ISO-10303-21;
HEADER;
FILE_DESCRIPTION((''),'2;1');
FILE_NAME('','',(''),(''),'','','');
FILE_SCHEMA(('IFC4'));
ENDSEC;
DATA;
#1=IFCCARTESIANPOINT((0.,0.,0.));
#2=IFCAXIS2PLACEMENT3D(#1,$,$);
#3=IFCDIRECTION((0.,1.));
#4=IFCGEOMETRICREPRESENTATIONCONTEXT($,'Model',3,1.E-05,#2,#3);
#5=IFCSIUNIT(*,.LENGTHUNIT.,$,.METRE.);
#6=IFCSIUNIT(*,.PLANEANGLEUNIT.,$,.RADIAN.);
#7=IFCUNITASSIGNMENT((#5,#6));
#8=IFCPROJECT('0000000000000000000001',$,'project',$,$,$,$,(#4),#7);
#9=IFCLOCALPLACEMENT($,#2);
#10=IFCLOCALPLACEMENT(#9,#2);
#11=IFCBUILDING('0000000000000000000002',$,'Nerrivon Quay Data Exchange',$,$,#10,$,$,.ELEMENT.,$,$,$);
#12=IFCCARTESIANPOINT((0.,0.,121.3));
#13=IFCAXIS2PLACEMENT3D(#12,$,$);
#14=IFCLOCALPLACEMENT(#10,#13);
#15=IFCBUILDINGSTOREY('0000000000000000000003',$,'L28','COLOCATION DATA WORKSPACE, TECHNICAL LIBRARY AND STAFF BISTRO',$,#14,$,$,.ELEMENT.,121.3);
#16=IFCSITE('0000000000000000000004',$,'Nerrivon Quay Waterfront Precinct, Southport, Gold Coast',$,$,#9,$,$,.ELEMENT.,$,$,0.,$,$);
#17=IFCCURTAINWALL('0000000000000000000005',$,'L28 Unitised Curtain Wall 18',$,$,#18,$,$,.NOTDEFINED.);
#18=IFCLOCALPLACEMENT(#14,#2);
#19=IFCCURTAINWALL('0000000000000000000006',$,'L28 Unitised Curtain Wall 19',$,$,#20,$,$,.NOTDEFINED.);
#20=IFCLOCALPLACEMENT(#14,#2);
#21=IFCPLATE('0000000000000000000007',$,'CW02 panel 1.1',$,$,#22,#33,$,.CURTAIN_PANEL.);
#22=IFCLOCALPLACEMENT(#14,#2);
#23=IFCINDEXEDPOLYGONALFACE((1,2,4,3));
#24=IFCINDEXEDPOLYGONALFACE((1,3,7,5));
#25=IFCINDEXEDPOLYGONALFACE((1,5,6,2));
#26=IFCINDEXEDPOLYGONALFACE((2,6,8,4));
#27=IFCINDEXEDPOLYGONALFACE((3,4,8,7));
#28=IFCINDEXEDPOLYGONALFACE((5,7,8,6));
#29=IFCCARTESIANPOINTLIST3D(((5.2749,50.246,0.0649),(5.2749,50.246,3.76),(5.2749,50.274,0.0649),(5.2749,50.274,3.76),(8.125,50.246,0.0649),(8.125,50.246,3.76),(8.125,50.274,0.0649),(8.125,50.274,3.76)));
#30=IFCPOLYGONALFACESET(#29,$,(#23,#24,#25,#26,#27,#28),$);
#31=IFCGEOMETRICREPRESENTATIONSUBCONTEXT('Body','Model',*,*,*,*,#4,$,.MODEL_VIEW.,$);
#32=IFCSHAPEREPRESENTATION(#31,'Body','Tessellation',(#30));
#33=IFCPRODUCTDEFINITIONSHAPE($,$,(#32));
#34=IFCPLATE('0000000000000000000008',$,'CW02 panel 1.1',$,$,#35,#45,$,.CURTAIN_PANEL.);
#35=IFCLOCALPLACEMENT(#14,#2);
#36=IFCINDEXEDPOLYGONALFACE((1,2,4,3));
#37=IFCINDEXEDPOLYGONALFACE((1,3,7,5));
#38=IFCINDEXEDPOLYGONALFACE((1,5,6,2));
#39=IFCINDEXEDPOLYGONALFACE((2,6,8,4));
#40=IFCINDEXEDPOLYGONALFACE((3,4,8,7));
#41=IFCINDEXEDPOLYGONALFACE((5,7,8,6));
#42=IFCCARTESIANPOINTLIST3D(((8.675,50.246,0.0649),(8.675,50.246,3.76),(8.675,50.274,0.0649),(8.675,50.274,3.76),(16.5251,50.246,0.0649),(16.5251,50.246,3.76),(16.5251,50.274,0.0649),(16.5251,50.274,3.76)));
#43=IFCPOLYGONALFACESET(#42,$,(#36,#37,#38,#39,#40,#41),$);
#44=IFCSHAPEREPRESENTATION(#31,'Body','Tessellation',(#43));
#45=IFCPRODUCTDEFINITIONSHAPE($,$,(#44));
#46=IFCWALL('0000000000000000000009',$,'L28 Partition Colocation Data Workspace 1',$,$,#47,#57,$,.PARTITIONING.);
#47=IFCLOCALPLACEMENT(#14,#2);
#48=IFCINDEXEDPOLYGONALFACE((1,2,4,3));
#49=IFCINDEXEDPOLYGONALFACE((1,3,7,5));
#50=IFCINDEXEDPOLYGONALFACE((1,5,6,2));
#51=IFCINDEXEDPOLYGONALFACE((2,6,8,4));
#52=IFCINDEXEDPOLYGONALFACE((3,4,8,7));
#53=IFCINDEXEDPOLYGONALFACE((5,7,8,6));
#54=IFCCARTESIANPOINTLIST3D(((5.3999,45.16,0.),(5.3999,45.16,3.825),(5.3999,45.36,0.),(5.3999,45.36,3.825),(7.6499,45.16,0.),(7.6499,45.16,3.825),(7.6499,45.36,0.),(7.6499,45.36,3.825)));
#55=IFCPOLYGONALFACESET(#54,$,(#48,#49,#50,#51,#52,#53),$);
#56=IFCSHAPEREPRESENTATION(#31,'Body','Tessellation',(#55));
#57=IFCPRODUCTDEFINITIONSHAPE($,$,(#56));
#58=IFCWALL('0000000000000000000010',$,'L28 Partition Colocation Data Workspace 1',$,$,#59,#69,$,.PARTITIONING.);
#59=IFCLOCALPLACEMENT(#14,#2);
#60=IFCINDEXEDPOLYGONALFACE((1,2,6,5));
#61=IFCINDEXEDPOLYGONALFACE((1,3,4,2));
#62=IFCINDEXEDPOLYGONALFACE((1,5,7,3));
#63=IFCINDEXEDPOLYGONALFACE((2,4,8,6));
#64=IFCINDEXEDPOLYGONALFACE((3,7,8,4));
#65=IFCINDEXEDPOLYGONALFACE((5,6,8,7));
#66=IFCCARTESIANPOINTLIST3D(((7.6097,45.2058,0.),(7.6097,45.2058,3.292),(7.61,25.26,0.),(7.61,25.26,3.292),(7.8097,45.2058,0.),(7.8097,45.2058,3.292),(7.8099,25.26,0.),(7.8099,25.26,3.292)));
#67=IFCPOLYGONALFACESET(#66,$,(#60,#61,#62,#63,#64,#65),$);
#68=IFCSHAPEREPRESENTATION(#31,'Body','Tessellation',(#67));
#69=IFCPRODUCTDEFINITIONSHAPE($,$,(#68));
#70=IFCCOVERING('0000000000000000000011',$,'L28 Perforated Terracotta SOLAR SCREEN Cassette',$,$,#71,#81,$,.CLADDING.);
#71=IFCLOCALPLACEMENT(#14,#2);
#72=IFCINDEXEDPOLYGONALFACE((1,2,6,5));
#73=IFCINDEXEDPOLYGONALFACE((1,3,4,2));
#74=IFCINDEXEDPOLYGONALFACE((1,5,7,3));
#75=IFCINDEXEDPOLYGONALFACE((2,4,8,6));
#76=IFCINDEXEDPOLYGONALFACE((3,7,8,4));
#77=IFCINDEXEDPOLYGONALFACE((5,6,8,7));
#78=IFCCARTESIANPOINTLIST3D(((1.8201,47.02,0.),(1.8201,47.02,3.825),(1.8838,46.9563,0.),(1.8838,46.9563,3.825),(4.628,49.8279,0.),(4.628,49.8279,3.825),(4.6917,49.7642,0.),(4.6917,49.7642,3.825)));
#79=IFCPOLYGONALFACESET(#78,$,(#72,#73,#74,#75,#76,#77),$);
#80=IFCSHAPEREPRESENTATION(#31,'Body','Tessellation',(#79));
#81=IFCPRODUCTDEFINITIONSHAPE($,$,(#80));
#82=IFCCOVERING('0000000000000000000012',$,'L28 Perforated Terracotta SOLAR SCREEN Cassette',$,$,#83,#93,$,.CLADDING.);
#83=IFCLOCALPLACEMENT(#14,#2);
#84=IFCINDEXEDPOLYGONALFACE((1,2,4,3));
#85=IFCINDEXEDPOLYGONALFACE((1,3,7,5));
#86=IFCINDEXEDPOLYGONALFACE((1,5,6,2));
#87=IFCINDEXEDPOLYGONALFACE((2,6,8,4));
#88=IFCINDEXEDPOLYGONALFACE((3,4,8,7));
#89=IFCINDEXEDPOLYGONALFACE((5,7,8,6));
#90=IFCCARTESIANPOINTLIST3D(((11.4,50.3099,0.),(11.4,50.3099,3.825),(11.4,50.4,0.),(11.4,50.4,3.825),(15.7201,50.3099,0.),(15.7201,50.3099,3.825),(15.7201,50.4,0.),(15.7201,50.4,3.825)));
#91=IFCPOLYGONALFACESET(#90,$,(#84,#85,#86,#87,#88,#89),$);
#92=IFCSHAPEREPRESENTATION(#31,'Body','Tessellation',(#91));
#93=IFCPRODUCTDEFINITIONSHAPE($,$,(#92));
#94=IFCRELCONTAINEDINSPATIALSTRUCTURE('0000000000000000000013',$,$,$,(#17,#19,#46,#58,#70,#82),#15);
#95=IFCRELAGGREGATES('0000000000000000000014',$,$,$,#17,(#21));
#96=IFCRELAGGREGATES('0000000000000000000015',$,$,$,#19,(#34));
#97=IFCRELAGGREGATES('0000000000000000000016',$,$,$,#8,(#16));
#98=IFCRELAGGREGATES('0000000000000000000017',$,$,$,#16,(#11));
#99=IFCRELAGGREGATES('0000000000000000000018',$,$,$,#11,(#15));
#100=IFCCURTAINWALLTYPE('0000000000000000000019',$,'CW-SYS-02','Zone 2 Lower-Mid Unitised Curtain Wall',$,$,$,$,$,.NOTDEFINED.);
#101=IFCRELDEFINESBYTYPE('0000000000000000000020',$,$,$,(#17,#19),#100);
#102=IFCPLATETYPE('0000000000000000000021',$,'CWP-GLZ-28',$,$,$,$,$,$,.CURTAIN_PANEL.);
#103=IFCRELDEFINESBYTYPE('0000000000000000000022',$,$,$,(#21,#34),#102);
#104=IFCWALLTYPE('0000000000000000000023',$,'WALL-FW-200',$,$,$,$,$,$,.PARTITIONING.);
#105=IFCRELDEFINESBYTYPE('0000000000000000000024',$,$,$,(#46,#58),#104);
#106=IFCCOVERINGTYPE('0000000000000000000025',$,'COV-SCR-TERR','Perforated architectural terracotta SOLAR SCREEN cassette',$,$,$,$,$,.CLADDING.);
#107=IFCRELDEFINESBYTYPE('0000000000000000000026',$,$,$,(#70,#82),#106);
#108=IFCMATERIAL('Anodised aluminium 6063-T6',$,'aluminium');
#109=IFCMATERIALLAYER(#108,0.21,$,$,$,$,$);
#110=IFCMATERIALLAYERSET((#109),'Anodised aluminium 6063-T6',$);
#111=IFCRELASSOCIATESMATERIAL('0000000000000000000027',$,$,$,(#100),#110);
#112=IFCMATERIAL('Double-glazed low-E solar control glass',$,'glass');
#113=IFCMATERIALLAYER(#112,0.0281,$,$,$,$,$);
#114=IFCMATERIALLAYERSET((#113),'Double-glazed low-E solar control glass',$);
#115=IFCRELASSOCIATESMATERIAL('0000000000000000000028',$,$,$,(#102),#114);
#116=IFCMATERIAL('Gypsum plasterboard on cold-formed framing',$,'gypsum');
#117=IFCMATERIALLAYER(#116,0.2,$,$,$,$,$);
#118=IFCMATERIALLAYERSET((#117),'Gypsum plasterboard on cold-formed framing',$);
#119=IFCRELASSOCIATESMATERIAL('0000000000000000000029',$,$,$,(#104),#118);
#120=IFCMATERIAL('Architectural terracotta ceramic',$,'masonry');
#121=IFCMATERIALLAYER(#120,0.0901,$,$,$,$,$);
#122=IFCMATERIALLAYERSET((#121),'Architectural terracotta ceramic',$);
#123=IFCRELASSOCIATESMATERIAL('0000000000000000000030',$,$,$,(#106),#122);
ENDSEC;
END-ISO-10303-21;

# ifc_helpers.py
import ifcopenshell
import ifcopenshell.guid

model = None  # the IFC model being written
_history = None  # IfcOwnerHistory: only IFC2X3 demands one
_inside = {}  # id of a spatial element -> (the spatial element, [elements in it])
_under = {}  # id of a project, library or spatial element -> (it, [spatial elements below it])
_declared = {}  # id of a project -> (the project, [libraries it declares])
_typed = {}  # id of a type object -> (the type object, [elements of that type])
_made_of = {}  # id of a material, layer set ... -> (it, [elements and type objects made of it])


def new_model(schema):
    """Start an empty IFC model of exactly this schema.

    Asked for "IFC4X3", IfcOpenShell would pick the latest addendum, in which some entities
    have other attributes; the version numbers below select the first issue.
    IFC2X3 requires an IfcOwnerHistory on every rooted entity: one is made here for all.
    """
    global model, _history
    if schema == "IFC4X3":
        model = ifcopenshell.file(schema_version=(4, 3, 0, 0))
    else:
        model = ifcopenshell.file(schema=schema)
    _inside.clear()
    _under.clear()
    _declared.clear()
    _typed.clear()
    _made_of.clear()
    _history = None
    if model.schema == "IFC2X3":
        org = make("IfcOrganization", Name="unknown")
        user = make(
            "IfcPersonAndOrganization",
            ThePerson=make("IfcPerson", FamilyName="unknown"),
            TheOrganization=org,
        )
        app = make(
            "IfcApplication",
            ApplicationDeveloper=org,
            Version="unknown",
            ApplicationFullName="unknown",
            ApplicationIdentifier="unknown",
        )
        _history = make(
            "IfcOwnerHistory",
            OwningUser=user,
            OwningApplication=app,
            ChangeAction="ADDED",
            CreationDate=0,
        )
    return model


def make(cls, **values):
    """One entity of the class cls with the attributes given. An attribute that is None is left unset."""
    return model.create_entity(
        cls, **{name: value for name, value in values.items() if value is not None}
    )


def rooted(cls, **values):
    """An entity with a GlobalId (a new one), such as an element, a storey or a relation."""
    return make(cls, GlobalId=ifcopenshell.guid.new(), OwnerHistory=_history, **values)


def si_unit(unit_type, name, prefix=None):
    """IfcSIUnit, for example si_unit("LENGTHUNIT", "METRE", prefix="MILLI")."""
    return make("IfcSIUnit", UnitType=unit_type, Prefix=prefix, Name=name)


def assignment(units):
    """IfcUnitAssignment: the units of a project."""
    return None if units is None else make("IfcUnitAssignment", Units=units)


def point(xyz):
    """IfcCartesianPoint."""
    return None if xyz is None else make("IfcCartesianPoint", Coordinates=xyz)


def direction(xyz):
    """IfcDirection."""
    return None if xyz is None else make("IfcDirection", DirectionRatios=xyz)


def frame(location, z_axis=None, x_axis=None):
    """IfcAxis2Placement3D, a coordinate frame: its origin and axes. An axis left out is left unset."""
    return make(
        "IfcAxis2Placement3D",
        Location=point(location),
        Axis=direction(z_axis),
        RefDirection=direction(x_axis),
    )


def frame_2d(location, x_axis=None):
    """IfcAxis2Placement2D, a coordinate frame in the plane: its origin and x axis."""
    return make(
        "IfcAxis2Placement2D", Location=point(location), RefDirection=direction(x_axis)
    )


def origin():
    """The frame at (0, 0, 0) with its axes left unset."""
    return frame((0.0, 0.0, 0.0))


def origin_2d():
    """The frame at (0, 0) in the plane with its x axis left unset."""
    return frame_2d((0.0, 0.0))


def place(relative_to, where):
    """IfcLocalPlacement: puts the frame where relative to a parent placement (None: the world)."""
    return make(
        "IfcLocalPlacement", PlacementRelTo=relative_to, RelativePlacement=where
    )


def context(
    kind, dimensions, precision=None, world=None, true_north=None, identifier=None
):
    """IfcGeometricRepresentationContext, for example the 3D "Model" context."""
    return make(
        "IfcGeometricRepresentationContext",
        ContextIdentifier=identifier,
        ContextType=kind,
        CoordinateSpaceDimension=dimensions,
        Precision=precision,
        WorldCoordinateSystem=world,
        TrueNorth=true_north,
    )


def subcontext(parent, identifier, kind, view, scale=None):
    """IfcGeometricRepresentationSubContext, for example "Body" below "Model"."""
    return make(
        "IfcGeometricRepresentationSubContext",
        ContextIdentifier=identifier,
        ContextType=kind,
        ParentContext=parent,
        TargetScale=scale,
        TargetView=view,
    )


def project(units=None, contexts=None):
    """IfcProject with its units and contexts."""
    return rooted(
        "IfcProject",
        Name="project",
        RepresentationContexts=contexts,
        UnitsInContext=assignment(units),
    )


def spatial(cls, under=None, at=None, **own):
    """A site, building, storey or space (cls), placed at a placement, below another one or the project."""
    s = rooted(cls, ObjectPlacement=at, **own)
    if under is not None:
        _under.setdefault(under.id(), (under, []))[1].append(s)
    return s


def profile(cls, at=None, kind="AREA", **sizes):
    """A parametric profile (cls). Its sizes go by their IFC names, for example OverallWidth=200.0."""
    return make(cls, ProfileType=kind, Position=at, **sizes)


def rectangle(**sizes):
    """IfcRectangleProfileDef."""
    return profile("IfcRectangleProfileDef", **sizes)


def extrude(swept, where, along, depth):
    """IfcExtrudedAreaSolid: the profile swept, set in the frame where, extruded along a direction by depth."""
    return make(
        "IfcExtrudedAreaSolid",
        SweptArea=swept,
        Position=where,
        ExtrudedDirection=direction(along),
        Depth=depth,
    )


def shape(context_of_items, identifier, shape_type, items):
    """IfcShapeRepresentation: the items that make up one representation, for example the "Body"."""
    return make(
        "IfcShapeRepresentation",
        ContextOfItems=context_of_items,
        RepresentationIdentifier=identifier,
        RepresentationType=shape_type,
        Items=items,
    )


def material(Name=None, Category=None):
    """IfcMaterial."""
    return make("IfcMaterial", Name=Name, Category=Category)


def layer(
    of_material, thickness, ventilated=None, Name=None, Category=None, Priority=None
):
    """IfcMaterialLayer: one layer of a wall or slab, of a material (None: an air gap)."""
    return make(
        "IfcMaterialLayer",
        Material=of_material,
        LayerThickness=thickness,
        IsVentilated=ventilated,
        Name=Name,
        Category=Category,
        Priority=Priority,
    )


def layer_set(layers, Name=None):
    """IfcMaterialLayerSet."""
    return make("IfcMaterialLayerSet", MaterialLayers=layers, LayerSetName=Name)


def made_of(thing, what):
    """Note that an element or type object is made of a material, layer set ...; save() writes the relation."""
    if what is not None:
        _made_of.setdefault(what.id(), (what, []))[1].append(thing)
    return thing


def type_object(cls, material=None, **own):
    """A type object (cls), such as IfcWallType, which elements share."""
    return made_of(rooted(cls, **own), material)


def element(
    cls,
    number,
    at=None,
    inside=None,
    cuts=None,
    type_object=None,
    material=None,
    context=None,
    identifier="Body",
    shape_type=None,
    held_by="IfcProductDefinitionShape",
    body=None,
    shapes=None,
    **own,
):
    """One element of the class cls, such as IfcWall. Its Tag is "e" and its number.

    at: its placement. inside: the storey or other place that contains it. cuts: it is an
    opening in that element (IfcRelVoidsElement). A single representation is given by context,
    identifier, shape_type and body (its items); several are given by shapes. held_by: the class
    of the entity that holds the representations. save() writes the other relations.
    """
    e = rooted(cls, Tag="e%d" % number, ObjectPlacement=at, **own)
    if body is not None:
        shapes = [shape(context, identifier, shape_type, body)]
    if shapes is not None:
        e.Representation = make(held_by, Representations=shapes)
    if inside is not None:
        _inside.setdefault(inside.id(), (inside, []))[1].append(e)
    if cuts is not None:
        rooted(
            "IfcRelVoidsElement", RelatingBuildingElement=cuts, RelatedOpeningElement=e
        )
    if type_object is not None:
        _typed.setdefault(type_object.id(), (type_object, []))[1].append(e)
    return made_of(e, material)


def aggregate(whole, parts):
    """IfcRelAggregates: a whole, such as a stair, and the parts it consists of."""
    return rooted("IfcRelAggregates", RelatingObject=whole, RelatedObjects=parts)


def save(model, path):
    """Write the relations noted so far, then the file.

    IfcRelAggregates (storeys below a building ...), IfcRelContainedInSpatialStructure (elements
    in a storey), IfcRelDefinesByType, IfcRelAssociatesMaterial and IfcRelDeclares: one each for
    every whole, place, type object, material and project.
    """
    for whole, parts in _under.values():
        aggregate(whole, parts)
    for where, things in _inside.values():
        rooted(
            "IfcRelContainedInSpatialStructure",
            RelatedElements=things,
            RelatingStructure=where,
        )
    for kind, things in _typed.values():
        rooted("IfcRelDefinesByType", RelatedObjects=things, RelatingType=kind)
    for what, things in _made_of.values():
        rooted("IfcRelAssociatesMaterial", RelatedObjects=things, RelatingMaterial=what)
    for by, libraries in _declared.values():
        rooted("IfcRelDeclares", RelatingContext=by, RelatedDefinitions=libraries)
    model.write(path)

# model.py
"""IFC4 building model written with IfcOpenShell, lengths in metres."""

from ifc_helpers import new_model, si_unit, direction, frame, frame_2d, origin, origin_2d, place, context, subcontext, project, spatial, rectangle, extrude, material, layer, layer_set, type_object, element, aggregate, save


model = new_model("IFC4")

# Units and contexts
model_context = context("Model", 3, precision=1e-05, world=origin(), true_north=direction((0.0, 1.0)))
body_context = subcontext(model_context, "Body", "Model", "MODEL_VIEW")
ifc_project = project(units=[si_unit("LENGTHUNIT", "METRE"), si_unit("PLANEANGLEUNIT", "RADIAN")], contexts=[model_context])

# Site, building, storey
site_placement = place(None, origin())
site = spatial("IfcSite", under=ifc_project, at=site_placement, Name="Nerrivon Quay Waterfront Precinct, Southport, Gold Coast", CompositionType="ELEMENT", RefElevation=0.0)
building_placement = place(site_placement, origin())
building = spatial("IfcBuilding", under=site, at=building_placement, Name="Nerrivon Quay Data Exchange", CompositionType="ELEMENT")
storey_placement = place(building_placement, frame((0.0, 0.0, 121.3)))
storey = spatial("IfcBuildingStorey", under=building, at=storey_placement, Name="L28", Description="COLOCATION DATA WORKSPACE, TECHNICAL LIBRARY AND STAFF BISTRO", CompositionType="ELEMENT", Elevation=121.3)

# Shared definitions
ifc_material_1 = material(Name="Anodised aluminium 6063-T6", Category="aluminium")
ifc_layer_1 = layer(ifc_material_1, 0.21)
ifc_layer_set_1 = layer_set([ifc_layer_1], Name="Anodised aluminium 6063-T6")
curtain_wall_type = type_object("IfcCurtainWallType", Name="CW-SYS-02", Description="Zone 2 Lower-Mid Unitised Curtain Wall", PredefinedType="NOTDEFINED", material=ifc_layer_set_1)

# Curtain wall
curtain_wall_1_placement = place(storey_placement, origin())
curtain_wall_1 = element("IfcCurtainWall", 1, at=curtain_wall_1_placement, inside=storey, type_object=curtain_wall_type, Name="L28 Unitised Curtain Wall 18", PredefinedType="NOTDEFINED")

# Curtain wall
curtain_wall_2_placement = place(storey_placement, origin())
curtain_wall_2 = element("IfcCurtainWall", 2, at=curtain_wall_2_placement, inside=storey, type_object=curtain_wall_type, Name="L28 Unitised Curtain Wall 19", PredefinedType="NOTDEFINED")

# Plates
ifc_material_2 = material(Name="Double-glazed low-E solar control glass", Category="glass")
ifc_layer_2 = layer(ifc_material_2, 0.0281)
ifc_layer_set_2 = layer_set([ifc_layer_2], Name="Double-glazed low-E solar control glass")
plate_type = type_object("IfcPlateType", Name="CWP-GLZ-28", PredefinedType="CURTAIN_PANEL", material=ifc_layer_set_2)
plate_1_placement = place(storey_placement, frame((6.7, 50.26, 0.0649), z_axis=(0.0, 0.0, 1.0), x_axis=(1.0, 0.0, 0.0)))
plate_1 = element("IfcPlate", 3, at=plate_1_placement, type_object=plate_type, Name="CW02 panel 1.1", PredefinedType="CURTAIN_PANEL", context=body_context, shape_type="SweptSolid", body=[
    extrude(rectangle(XDim=2.8501, YDim=0.0281, at=origin_2d()), origin(), (0.0, 0.0, 1.0), 3.6951),
])
aggregate(curtain_wall_1, [plate_1])
plate_2_placement = place(storey_placement, frame((12.6001, 50.26, 0.0649), z_axis=(0.0, 0.0, 1.0), x_axis=(1.0, 0.0, 0.0)))
plate_2 = element("IfcPlate", 4, at=plate_2_placement, type_object=plate_type, Name="CW02 panel 1.1", PredefinedType="CURTAIN_PANEL", context=body_context, shape_type="SweptSolid", body=[
    extrude(rectangle(XDim=7.8501, YDim=0.0281, at=origin_2d()), origin(), (0.0, 0.0, 1.0), 3.6951),
])
aggregate(curtain_wall_2, [plate_2])

# Walls
ifc_material_3 = material(Name="Gypsum plasterboard on cold-formed framing", Category="gypsum")
ifc_layer_3 = layer(ifc_material_3, 0.2)
ifc_layer_set_3 = layer_set([ifc_layer_3], Name="Gypsum plasterboard on cold-formed framing")
wall_type = type_object("IfcWallType", Name="WALL-FW-200", PredefinedType="PARTITIONING", material=ifc_layer_set_3)
wall_1_placement = place(storey_placement, frame((5.3999, 45.26, 0.0), z_axis=(0.0, 0.0, 1.0), x_axis=(1.0, 0.0, 0.0)))
element("IfcWall", 5, at=wall_1_placement, inside=storey, type_object=wall_type, Name="L28 Partition Colocation Data Workspace 1", PredefinedType="PARTITIONING", context=body_context, shape_type="SweptSolid", body=[
    extrude(rectangle(XDim=2.25, YDim=0.2, at=frame_2d((1.125, 0.0))), origin(), (0.0, 0.0, 1.0), 3.825),
])
wall_2_placement = place(storey_placement, frame((7.7097, 45.2058, 0.0), z_axis=(0.0, 0.0, 1.0), x_axis=(0.000012, -1.0, 0.0)))
element("IfcWall", 6, at=wall_2_placement, inside=storey, type_object=wall_type, Name="L28 Partition Colocation Data Workspace 1", PredefinedType="PARTITIONING", context=body_context, shape_type="SweptSolid", body=[
    extrude(rectangle(XDim=19.9458, YDim=0.2, at=frame_2d((9.9729, 0.0))), origin(), (0.0, 0.0, 1.0), 3.292),
])

# Coverings
ifc_material_4 = material(Name="Architectural terracotta ceramic", Category="masonry")
ifc_layer_4 = layer(ifc_material_4, 0.0901)
ifc_layer_set_4 = layer_set([ifc_layer_4], Name="Architectural terracotta ceramic")
covering_type = type_object("IfcCoveringType", Name="COV-SCR-TERR", Description="Perforated architectural terracotta SOLAR SCREEN cassette", PredefinedType="CLADDING", material=ifc_layer_set_4)
covering_1_placement = place(storey_placement, frame((3.2559, 48.3921, 0.0), z_axis=(0.0, 0.0, 1.0), x_axis=(0.707107, 0.707107, 0.0)))
element("IfcCovering", 7, at=covering_1_placement, inside=storey, type_object=covering_type, Name="L28 Perforated Terracotta SOLAR SCREEN Cassette", PredefinedType="CLADDING", context=body_context, shape_type="SweptSolid", body=[
    extrude(rectangle(XDim=3.9709, YDim=0.0901, at=origin_2d()), origin(), (0.0, 0.0, 1.0), 3.825),
])
covering_2_placement = place(storey_placement, frame((13.5601, 50.355, 0.0), z_axis=(0.0, 0.0, 1.0), x_axis=(1.0, 0.0, 0.0)))
element("IfcCovering", 8, at=covering_2_placement, inside=storey, type_object=covering_type, Name="L28 Perforated Terracotta SOLAR SCREEN Cassette", PredefinedType="CLADDING", context=body_context, shape_type="SweptSolid", body=[
    extrude(rectangle(XDim=4.3201, YDim=0.0901, at=origin_2d()), origin(), (0.0, 0.0, 1.0), 3.825),
])

save(model, "model.ifc")
